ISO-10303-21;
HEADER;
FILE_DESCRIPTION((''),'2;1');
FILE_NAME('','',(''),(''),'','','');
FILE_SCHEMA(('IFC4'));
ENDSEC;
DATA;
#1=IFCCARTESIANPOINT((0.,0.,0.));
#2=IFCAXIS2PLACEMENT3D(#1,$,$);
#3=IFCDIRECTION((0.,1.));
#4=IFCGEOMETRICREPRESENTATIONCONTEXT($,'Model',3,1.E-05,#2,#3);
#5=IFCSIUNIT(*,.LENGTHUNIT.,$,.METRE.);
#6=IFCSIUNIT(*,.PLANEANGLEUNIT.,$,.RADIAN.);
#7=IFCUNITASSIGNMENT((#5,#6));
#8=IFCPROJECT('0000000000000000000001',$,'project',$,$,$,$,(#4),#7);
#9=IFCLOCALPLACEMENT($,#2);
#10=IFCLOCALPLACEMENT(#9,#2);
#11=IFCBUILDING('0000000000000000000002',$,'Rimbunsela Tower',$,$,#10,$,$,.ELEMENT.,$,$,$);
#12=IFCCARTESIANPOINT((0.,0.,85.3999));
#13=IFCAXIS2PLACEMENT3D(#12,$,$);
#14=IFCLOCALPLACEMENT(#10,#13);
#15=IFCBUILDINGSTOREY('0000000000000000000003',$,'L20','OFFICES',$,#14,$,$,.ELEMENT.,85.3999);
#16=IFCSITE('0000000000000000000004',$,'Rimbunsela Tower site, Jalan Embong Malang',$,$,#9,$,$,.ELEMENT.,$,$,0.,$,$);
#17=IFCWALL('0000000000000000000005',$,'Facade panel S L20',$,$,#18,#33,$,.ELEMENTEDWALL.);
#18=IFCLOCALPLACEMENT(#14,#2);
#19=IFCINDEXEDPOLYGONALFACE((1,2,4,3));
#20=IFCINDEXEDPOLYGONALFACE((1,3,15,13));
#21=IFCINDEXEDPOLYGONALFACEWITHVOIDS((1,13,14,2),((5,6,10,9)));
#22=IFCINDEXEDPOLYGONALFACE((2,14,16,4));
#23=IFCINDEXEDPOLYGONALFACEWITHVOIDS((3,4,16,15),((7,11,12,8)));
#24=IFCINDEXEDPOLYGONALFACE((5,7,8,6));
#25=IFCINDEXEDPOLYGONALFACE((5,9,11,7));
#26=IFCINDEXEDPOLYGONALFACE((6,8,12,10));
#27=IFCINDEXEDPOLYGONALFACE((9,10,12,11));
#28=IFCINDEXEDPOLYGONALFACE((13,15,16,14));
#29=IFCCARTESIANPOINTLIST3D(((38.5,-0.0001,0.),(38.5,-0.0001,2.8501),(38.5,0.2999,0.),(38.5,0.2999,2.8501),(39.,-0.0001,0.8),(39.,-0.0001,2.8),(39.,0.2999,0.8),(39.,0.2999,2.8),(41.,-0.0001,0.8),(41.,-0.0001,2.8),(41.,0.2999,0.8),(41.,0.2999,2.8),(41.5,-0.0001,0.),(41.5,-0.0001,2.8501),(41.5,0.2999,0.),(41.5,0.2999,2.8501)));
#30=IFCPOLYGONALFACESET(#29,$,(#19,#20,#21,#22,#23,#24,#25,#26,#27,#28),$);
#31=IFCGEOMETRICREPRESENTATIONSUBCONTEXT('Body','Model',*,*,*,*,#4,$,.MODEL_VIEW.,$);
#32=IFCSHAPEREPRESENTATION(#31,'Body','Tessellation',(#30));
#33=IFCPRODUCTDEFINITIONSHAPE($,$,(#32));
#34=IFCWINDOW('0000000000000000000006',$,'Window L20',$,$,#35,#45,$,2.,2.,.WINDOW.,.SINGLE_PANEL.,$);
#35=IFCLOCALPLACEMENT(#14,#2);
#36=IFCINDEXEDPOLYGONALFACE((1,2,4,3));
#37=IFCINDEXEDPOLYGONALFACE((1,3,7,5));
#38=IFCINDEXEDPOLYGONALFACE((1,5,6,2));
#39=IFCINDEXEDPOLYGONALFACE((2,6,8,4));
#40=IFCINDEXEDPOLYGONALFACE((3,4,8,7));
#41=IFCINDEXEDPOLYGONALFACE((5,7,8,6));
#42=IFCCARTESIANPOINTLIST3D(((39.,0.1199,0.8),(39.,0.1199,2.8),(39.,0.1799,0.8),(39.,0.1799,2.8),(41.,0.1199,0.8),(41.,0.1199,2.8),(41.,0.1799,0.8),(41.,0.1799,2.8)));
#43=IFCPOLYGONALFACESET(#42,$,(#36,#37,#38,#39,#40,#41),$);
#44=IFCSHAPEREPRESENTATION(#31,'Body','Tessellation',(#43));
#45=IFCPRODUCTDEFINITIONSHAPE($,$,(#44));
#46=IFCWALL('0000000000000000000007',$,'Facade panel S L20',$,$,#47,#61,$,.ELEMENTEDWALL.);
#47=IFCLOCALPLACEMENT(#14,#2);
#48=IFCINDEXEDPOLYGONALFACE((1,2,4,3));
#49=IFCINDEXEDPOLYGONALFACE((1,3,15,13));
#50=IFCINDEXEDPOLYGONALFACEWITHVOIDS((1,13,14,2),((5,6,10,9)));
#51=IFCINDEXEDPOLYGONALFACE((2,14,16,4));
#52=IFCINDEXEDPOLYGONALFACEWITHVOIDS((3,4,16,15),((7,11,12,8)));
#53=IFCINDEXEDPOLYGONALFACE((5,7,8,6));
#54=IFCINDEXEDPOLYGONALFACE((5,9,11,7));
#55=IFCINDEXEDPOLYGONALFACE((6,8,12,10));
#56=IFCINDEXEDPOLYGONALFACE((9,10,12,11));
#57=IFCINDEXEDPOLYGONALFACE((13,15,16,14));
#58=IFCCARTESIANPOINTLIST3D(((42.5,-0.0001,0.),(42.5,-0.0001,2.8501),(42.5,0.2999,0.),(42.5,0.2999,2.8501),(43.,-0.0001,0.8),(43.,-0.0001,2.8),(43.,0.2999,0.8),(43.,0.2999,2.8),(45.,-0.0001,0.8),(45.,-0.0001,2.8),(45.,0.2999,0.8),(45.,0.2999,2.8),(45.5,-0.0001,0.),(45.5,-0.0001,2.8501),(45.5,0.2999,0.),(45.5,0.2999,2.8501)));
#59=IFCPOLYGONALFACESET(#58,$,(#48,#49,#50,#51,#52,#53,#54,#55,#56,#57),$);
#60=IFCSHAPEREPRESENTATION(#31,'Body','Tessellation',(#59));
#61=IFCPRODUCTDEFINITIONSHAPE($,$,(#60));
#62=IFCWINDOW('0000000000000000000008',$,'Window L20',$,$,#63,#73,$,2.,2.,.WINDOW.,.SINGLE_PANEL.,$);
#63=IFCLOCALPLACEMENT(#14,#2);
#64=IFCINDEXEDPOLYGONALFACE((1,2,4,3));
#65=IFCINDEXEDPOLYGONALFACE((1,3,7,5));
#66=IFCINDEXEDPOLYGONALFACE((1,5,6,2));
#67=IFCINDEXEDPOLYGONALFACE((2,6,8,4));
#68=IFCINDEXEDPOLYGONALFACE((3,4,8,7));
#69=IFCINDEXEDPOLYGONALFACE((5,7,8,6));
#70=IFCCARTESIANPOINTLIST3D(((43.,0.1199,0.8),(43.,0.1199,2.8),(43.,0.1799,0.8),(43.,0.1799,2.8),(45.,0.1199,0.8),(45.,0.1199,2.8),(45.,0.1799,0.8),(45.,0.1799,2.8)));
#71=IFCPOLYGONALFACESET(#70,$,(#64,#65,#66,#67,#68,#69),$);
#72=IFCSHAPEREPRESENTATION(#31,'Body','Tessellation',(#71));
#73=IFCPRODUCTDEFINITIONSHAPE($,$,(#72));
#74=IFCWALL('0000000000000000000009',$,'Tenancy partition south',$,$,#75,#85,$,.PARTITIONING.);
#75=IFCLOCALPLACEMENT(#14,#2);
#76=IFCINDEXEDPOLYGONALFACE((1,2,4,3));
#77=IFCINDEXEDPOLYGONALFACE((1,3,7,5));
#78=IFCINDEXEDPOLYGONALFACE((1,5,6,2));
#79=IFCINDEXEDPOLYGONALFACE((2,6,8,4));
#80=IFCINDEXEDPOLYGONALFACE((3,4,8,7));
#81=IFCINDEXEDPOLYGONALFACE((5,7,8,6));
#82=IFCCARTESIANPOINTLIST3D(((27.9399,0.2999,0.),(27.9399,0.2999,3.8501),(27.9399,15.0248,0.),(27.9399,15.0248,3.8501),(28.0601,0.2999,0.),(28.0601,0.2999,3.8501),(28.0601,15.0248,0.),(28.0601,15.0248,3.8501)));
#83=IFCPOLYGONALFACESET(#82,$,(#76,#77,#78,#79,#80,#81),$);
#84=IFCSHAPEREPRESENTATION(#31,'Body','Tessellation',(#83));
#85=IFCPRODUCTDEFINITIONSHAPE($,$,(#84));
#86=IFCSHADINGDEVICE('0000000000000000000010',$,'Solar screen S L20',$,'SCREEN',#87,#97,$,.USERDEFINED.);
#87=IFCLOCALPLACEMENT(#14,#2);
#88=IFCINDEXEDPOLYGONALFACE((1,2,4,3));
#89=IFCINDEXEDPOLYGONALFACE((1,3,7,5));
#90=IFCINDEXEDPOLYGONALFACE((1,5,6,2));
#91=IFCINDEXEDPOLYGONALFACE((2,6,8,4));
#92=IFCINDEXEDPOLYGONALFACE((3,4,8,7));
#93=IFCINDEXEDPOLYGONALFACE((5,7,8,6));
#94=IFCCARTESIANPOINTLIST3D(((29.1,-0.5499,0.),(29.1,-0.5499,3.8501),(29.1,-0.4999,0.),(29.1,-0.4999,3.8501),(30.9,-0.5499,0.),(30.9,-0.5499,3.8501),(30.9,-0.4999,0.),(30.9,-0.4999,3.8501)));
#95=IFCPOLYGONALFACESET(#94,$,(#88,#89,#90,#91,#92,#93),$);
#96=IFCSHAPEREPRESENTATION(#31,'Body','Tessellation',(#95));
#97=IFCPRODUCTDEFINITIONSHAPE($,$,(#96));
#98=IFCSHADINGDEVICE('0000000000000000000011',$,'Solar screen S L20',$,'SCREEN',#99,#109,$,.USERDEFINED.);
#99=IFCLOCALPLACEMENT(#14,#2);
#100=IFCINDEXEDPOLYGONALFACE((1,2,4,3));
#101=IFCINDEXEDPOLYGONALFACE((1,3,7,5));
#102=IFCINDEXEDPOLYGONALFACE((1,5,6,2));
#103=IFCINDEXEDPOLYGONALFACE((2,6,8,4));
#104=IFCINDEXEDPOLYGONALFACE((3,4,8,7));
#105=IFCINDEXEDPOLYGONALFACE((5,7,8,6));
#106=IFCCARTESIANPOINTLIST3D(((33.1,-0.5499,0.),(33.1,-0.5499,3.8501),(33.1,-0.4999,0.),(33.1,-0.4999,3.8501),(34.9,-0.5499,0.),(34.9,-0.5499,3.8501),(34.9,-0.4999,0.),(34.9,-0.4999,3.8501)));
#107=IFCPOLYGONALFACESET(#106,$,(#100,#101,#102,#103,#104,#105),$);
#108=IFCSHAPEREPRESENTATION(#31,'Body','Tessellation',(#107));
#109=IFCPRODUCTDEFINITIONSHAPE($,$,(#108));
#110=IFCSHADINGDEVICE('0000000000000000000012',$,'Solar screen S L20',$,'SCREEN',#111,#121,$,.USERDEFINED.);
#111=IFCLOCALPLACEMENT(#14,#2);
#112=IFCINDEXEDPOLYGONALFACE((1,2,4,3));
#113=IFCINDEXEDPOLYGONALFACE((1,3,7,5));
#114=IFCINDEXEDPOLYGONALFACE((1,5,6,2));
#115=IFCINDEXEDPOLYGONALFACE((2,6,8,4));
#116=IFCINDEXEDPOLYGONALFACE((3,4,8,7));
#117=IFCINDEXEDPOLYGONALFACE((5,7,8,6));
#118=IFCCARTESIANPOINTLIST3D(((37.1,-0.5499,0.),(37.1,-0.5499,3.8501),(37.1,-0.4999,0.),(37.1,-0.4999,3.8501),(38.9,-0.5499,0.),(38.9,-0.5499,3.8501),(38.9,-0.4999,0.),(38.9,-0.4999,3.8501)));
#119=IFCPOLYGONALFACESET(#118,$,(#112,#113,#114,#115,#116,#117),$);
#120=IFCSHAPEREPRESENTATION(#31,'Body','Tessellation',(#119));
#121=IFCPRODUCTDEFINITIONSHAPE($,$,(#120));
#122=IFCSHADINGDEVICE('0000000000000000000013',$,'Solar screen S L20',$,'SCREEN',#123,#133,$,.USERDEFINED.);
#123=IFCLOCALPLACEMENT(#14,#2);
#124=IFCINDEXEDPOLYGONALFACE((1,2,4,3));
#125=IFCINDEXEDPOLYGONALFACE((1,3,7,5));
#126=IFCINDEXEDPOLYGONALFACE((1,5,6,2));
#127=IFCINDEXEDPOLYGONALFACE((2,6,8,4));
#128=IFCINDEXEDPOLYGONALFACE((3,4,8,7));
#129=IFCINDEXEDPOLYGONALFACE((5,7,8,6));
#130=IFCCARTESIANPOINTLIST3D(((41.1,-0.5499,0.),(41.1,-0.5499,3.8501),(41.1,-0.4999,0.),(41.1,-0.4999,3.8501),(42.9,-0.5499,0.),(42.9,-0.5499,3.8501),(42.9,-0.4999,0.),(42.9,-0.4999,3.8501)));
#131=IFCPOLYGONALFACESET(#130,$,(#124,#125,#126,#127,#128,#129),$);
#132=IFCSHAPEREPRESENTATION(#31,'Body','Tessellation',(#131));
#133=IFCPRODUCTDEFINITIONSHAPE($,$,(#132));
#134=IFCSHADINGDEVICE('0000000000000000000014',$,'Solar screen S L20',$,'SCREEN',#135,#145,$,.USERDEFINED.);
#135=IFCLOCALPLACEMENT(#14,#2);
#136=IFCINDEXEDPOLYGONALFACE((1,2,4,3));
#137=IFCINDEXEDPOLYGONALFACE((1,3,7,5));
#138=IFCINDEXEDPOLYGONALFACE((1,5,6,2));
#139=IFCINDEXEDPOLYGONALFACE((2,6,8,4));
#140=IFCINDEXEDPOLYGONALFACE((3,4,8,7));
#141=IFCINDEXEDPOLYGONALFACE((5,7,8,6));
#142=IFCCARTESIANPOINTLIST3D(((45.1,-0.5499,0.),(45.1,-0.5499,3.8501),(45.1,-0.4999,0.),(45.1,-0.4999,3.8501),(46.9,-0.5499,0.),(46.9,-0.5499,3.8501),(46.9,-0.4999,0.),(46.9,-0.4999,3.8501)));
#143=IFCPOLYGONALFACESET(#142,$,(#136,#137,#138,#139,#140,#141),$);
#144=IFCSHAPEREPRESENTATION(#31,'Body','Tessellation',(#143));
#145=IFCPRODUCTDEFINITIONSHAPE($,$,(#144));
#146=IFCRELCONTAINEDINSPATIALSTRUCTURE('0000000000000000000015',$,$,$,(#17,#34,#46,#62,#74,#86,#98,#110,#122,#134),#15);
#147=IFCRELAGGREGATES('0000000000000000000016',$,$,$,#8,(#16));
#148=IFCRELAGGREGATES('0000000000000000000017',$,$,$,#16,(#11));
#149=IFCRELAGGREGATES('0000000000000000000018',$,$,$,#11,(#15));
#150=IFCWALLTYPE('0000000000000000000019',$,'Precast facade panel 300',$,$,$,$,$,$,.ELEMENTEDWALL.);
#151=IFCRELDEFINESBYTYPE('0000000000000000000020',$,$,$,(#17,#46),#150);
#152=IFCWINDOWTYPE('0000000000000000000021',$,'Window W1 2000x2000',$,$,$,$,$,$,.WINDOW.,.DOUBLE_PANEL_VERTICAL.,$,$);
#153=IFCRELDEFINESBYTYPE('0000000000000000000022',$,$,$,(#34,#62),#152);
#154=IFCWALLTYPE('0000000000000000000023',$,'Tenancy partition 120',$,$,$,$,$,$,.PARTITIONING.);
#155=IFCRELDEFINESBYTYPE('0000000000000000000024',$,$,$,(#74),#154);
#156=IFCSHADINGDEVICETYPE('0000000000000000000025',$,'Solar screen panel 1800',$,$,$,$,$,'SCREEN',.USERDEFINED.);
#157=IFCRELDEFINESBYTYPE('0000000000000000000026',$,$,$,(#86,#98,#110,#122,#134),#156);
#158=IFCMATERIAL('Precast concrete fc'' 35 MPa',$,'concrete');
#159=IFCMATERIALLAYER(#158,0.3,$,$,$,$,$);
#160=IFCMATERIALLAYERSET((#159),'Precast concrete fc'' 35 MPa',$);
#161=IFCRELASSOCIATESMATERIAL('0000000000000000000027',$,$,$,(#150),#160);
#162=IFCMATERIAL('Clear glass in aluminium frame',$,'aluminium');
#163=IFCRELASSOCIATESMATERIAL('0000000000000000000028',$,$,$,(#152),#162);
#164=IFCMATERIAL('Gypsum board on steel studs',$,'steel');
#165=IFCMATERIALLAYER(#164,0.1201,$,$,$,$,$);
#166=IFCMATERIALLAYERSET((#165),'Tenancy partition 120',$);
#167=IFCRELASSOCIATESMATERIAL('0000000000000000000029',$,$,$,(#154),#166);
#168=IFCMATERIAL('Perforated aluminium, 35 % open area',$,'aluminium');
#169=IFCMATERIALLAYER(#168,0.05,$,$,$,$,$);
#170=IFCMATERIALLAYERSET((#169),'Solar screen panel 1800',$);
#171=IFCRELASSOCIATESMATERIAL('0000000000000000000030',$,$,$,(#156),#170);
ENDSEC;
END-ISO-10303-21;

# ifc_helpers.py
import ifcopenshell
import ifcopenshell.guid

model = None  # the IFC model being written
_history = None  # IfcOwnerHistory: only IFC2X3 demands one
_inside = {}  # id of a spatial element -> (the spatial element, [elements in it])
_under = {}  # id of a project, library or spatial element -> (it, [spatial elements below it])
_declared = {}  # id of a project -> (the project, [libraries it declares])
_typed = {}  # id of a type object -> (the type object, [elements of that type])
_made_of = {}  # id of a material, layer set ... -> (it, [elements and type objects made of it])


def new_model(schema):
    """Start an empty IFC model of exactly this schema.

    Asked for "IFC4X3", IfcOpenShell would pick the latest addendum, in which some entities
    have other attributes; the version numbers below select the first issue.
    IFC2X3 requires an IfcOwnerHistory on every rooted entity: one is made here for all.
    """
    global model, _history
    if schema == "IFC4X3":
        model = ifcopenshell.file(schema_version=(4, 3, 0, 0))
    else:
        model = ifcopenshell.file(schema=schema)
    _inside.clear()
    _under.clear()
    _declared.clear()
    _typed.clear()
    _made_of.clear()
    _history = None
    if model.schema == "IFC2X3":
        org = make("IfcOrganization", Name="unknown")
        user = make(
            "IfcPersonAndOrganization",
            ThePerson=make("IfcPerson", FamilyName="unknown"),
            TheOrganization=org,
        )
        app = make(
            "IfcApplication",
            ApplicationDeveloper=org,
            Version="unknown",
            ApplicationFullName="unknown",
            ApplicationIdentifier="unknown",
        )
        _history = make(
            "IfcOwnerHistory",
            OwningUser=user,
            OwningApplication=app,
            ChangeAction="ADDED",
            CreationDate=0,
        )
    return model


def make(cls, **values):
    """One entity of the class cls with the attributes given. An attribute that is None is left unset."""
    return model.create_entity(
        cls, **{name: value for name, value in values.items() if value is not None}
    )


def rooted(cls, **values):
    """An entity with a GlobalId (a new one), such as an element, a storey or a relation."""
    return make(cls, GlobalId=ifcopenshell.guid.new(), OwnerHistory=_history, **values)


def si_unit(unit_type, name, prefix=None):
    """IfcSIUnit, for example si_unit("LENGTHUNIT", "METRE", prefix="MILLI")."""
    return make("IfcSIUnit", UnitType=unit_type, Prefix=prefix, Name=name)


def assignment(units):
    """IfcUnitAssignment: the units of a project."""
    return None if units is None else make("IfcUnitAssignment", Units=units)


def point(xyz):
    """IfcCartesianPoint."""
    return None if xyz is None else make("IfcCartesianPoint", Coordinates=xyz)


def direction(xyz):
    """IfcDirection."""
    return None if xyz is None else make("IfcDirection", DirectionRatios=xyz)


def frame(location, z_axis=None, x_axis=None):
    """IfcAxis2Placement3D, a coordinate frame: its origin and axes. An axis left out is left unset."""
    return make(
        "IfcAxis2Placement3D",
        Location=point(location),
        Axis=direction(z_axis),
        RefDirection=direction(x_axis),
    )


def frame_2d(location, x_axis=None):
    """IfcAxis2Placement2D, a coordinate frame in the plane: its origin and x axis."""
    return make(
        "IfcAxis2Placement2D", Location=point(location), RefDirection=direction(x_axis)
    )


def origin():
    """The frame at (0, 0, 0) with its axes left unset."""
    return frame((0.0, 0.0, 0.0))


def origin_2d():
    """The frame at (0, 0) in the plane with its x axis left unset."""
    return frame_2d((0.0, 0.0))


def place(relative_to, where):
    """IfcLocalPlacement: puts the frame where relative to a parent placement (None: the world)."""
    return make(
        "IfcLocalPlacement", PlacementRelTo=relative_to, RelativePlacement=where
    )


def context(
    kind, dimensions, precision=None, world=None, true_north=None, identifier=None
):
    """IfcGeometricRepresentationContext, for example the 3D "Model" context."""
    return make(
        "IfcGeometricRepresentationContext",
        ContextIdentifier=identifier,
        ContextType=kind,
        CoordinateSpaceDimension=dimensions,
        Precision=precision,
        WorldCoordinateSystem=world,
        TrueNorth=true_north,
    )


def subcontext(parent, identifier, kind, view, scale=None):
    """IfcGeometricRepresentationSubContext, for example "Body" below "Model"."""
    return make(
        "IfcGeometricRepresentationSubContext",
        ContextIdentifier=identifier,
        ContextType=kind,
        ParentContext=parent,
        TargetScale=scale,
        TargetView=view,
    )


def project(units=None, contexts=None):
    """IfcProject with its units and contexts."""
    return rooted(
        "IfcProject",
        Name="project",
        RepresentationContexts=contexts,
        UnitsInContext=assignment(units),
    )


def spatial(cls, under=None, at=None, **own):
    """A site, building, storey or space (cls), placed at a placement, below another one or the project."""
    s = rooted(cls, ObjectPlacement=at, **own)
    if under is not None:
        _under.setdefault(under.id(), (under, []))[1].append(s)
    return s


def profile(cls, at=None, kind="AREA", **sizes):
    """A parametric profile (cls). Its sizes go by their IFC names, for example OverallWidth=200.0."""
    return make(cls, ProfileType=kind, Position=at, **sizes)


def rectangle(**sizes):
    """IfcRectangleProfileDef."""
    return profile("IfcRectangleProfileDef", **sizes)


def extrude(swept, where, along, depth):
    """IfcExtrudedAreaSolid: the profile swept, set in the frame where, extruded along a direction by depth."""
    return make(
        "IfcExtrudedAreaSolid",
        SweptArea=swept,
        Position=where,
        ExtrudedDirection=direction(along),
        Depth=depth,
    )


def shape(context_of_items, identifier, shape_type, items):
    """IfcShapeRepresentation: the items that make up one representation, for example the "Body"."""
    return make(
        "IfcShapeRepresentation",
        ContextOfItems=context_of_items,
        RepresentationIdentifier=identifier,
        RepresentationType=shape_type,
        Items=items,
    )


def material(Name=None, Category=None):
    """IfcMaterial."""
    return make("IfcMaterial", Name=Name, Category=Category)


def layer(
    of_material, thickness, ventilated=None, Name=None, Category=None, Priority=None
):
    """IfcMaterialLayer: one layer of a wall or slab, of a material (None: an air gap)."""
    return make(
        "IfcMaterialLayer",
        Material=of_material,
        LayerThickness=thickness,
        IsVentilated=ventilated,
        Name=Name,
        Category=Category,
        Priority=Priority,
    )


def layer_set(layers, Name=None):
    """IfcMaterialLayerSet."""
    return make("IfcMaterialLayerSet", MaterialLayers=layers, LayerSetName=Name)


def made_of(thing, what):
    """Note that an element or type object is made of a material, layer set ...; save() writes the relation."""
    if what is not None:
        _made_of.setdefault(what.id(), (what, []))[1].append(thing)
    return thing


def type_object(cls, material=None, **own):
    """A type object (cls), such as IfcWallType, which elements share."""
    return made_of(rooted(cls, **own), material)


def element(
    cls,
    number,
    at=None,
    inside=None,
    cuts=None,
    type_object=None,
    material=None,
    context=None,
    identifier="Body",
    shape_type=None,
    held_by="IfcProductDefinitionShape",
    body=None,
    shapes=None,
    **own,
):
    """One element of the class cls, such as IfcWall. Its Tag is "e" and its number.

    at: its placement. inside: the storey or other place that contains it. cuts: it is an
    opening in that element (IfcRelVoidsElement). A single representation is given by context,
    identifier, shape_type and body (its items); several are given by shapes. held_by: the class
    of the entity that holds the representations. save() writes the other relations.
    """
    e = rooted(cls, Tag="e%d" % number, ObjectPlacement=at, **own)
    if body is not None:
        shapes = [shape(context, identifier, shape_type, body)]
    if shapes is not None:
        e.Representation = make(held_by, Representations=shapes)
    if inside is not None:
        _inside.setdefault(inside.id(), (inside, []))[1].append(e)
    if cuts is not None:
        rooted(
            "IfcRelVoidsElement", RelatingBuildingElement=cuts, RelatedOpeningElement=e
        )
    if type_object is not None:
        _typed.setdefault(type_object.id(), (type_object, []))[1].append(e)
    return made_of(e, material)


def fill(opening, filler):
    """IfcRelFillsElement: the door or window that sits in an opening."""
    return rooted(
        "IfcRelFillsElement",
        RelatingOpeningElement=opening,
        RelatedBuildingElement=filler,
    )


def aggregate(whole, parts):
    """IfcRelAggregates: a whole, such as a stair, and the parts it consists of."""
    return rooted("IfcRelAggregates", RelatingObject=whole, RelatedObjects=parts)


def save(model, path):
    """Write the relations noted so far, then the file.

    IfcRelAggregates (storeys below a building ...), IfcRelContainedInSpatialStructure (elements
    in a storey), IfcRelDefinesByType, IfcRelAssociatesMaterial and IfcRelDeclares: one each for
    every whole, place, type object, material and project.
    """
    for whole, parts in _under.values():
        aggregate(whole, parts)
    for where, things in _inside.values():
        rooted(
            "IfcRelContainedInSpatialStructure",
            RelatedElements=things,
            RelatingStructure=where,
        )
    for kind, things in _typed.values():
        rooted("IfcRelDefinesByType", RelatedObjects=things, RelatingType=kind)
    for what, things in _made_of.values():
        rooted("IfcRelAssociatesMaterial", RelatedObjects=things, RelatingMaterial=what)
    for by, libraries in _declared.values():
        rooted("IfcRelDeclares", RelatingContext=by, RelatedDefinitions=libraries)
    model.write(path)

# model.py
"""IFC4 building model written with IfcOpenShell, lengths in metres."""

from ifc_helpers import new_model, si_unit, direction, frame, frame_2d, origin, origin_2d, place, context, subcontext, project, spatial, rectangle, extrude, material, layer, layer_set, type_object, element, fill, save


model = new_model("IFC4")

# Units and contexts
model_context = context("Model", 3, precision=1e-05, world=origin(), true_north=direction((0.0, 1.0)))
body_context = subcontext(model_context, "Body", "Model", "MODEL_VIEW")
ifc_project = project(units=[si_unit("LENGTHUNIT", "METRE"), si_unit("PLANEANGLEUNIT", "RADIAN")], contexts=[model_context])

# Site, building, storey
site_placement = place(None, origin())
site = spatial("IfcSite", under=ifc_project, at=site_placement, Name="Rimbunsela Tower site, Jalan Embong Malang", CompositionType="ELEMENT", RefElevation=0.0)
building_placement = place(site_placement, origin())
building = spatial("IfcBuilding", under=site, at=building_placement, Name="Rimbunsela Tower", CompositionType="ELEMENT")
storey_placement = place(building_placement, frame((0.0, 0.0, 85.3999)))
storey = spatial("IfcBuildingStorey", under=building, at=storey_placement, Name="L20", Description="OFFICES", CompositionType="ELEMENT", Elevation=85.3999)

# Shared definitions
ifc_material_1 = material(Name="Precast concrete fc' 35 MPa", Category="concrete")
ifc_layer_1 = layer(ifc_material_1, 0.3)
ifc_layer_set_1 = layer_set([ifc_layer_1], Name="Precast concrete fc' 35 MPa")
wall_type_1 = type_object("IfcWallType", Name="Precast facade panel 300", PredefinedType="ELEMENTEDWALL", material=ifc_layer_set_1)

# Walls, openings, windows
ifc_material_2 = material(Name="Clear glass in aluminium frame", Category="aluminium")
window_type_1 = type_object("IfcWindowType", Name="Window W1 2000x2000", PartitioningType="DOUBLE_PANEL_VERTICAL", PredefinedType="WINDOW", material=ifc_material_2)
wall_1_placement = place(storey_placement, frame((38.5, 0.1499, 0.0), z_axis=(0.0, 0.0, 1.0), x_axis=(1.0, 0.0, 0.0)))
wall_1 = element("IfcWall", 1, at=wall_1_placement, inside=storey, type_object=wall_type_1, Name="Facade panel S L20", PredefinedType="ELEMENTEDWALL", context=body_context, shape_type="SweptSolid", body=[
    extrude(rectangle(XDim=3.0, YDim=0.3, at=frame_2d((1.5, 0.0))), origin(), (0.0, 0.0, 1.0), 2.8501),
])
opening_1_placement = place(wall_1_placement, frame((0.5, 0.0, 0.8)))
opening_1 = element("IfcOpeningElement", 2, at=opening_1_placement, cuts=wall_1, PredefinedType="OPENING", context=body_context, shape_type="SweptSolid", body=[
    extrude(rectangle(XDim=2.0, YDim=2.0, at=frame_2d((1.0, 1.0))), frame((0.0, 0.1599, 0.0), z_axis=(0.0, -1.0, 0.0), x_axis=(1.0, 0.0, 0.0)), (0.0, 0.0, 1.0), 0.3201),
])
window_1_placement = place(opening_1_placement, origin())
window_1 = element("IfcWindow", 3, at=window_1_placement, inside=storey, type_object=window_type_1, Name="Window L20", OverallHeight=2.0, OverallWidth=2.0, PartitioningType="SINGLE_PANEL", PredefinedType="WINDOW", context=body_context, shape_type="SweptSolid", body=[
    extrude(rectangle(XDim=2.0, YDim=2.0, at=frame_2d((1.0, 1.0))), frame((0.0, 0.03, 0.0), z_axis=(0.0, -1.0, 0.0), x_axis=(1.0, 0.0, 0.0)), (0.0, 0.0, 1.0), 0.0601),
])
fill(opening_1, window_1)
wall_2_placement = place(storey_placement, frame((42.5, 0.1499, 0.0), z_axis=(0.0, 0.0, 1.0), x_axis=(1.0, 0.0, 0.0)))
wall_2 = element("IfcWall", 4, at=wall_2_placement, inside=storey, type_object=wall_type_1, Name="Facade panel S L20", PredefinedType="ELEMENTEDWALL", context=body_context, shape_type="SweptSolid", body=[
    extrude(rectangle(XDim=3.0, YDim=0.3, at=frame_2d((1.5, 0.0))), origin(), (0.0, 0.0, 1.0), 2.8501),
])
opening_2_placement = place(wall_2_placement, frame((0.5, 0.0, 0.8)))
opening_2 = element("IfcOpeningElement", 5, at=opening_2_placement, cuts=wall_2, PredefinedType="OPENING", context=body_context, shape_type="SweptSolid", body=[
    extrude(rectangle(XDim=2.0, YDim=2.0, at=frame_2d((1.0, 1.0))), frame((0.0, 0.1599, 0.0), z_axis=(0.0, -1.0, 0.0), x_axis=(1.0, 0.0, 0.0)), (0.0, 0.0, 1.0), 0.3201),
])
window_2_placement = place(opening_2_placement, origin())
window_2 = element("IfcWindow", 6, at=window_2_placement, inside=storey, type_object=window_type_1, Name="Window L20", OverallHeight=2.0, OverallWidth=2.0, PartitioningType="SINGLE_PANEL", PredefinedType="WINDOW", context=body_context, shape_type="SweptSolid", body=[
    extrude(rectangle(XDim=2.0, YDim=2.0, at=frame_2d((1.0, 1.0))), frame((0.0, 0.03, 0.0), z_axis=(0.0, -1.0, 0.0), x_axis=(1.0, 0.0, 0.0)), (0.0, 0.0, 1.0), 0.0601),
])
fill(opening_2, window_2)

# Wall
ifc_material_3 = material(Name="Gypsum board on steel studs", Category="steel")
ifc_layer_2 = layer(ifc_material_3, 0.1201)
ifc_layer_set_2 = layer_set([ifc_layer_2], Name="Tenancy partition 120")
wall_type_2 = type_object("IfcWallType", Name="Tenancy partition 120", PredefinedType="PARTITIONING", material=ifc_layer_set_2)
wall_3_placement = place(storey_placement, frame((28.0, 0.3, 0.0), z_axis=(0.0, 0.0, 1.0), x_axis=(0.0, 1.0, 0.0)))
element("IfcWall", 7, at=wall_3_placement, inside=storey, type_object=wall_type_2, Name="Tenancy partition south", PredefinedType="PARTITIONING", context=body_context, shape_type="SweptSolid", body=[
    extrude(rectangle(XDim=14.7249, YDim=0.1201, at=frame_2d((7.3623, 0.0))), origin(), (0.0, 0.0, 1.0), 3.8501),
])

# Shading devices
ifc_material_4 = material(Name="Perforated aluminium, 35 % open area", Category="aluminium")
ifc_layer_3 = layer(ifc_material_4, 0.05)
ifc_layer_set_3 = layer_set([ifc_layer_3], Name="Solar screen panel 1800")
shading_device_type = type_object("IfcShadingDeviceType", Name="Solar screen panel 1800", ElementType="SCREEN", PredefinedType="USERDEFINED", material=ifc_layer_set_3)
for number, where, z_axis, x_axis, name in (
    (8, (30.0, -0.5249, 0.0), (0.0, 0.0, 1.0), (1.0, 0.0, 0.0), "Solar screen S L20"),
    (9, (34.0, -0.5249, 0.0), (0.0, 0.0, 1.0), (1.0, 0.0, 0.0), "Solar screen S L20"),
    (10, (38.0, -0.5249, 0.0), (0.0, 0.0, 1.0), (1.0, 0.0, 0.0), "Solar screen S L20"),
    (11, (42.0, -0.5249, 0.0), (0.0, 0.0, 1.0), (1.0, 0.0, 0.0), "Solar screen S L20"),
    (12, (46.0, -0.5249, 0.0), (0.0, 0.0, 1.0), (1.0, 0.0, 0.0), "Solar screen S L20"),
):
    element("IfcShadingDevice", number, at=place(storey_placement, frame(where, z_axis=z_axis, x_axis=x_axis)), inside=storey, type_object=shading_device_type, Name=name, ObjectType="SCREEN", PredefinedType="USERDEFINED", context=body_context, shape_type="SweptSolid", body=[
        extrude(rectangle(XDim=1.8, YDim=0.05, at=origin_2d()), origin(), (0.0, 0.0, 1.0), 3.8501),
    ])

save(model, "model.ifc")
